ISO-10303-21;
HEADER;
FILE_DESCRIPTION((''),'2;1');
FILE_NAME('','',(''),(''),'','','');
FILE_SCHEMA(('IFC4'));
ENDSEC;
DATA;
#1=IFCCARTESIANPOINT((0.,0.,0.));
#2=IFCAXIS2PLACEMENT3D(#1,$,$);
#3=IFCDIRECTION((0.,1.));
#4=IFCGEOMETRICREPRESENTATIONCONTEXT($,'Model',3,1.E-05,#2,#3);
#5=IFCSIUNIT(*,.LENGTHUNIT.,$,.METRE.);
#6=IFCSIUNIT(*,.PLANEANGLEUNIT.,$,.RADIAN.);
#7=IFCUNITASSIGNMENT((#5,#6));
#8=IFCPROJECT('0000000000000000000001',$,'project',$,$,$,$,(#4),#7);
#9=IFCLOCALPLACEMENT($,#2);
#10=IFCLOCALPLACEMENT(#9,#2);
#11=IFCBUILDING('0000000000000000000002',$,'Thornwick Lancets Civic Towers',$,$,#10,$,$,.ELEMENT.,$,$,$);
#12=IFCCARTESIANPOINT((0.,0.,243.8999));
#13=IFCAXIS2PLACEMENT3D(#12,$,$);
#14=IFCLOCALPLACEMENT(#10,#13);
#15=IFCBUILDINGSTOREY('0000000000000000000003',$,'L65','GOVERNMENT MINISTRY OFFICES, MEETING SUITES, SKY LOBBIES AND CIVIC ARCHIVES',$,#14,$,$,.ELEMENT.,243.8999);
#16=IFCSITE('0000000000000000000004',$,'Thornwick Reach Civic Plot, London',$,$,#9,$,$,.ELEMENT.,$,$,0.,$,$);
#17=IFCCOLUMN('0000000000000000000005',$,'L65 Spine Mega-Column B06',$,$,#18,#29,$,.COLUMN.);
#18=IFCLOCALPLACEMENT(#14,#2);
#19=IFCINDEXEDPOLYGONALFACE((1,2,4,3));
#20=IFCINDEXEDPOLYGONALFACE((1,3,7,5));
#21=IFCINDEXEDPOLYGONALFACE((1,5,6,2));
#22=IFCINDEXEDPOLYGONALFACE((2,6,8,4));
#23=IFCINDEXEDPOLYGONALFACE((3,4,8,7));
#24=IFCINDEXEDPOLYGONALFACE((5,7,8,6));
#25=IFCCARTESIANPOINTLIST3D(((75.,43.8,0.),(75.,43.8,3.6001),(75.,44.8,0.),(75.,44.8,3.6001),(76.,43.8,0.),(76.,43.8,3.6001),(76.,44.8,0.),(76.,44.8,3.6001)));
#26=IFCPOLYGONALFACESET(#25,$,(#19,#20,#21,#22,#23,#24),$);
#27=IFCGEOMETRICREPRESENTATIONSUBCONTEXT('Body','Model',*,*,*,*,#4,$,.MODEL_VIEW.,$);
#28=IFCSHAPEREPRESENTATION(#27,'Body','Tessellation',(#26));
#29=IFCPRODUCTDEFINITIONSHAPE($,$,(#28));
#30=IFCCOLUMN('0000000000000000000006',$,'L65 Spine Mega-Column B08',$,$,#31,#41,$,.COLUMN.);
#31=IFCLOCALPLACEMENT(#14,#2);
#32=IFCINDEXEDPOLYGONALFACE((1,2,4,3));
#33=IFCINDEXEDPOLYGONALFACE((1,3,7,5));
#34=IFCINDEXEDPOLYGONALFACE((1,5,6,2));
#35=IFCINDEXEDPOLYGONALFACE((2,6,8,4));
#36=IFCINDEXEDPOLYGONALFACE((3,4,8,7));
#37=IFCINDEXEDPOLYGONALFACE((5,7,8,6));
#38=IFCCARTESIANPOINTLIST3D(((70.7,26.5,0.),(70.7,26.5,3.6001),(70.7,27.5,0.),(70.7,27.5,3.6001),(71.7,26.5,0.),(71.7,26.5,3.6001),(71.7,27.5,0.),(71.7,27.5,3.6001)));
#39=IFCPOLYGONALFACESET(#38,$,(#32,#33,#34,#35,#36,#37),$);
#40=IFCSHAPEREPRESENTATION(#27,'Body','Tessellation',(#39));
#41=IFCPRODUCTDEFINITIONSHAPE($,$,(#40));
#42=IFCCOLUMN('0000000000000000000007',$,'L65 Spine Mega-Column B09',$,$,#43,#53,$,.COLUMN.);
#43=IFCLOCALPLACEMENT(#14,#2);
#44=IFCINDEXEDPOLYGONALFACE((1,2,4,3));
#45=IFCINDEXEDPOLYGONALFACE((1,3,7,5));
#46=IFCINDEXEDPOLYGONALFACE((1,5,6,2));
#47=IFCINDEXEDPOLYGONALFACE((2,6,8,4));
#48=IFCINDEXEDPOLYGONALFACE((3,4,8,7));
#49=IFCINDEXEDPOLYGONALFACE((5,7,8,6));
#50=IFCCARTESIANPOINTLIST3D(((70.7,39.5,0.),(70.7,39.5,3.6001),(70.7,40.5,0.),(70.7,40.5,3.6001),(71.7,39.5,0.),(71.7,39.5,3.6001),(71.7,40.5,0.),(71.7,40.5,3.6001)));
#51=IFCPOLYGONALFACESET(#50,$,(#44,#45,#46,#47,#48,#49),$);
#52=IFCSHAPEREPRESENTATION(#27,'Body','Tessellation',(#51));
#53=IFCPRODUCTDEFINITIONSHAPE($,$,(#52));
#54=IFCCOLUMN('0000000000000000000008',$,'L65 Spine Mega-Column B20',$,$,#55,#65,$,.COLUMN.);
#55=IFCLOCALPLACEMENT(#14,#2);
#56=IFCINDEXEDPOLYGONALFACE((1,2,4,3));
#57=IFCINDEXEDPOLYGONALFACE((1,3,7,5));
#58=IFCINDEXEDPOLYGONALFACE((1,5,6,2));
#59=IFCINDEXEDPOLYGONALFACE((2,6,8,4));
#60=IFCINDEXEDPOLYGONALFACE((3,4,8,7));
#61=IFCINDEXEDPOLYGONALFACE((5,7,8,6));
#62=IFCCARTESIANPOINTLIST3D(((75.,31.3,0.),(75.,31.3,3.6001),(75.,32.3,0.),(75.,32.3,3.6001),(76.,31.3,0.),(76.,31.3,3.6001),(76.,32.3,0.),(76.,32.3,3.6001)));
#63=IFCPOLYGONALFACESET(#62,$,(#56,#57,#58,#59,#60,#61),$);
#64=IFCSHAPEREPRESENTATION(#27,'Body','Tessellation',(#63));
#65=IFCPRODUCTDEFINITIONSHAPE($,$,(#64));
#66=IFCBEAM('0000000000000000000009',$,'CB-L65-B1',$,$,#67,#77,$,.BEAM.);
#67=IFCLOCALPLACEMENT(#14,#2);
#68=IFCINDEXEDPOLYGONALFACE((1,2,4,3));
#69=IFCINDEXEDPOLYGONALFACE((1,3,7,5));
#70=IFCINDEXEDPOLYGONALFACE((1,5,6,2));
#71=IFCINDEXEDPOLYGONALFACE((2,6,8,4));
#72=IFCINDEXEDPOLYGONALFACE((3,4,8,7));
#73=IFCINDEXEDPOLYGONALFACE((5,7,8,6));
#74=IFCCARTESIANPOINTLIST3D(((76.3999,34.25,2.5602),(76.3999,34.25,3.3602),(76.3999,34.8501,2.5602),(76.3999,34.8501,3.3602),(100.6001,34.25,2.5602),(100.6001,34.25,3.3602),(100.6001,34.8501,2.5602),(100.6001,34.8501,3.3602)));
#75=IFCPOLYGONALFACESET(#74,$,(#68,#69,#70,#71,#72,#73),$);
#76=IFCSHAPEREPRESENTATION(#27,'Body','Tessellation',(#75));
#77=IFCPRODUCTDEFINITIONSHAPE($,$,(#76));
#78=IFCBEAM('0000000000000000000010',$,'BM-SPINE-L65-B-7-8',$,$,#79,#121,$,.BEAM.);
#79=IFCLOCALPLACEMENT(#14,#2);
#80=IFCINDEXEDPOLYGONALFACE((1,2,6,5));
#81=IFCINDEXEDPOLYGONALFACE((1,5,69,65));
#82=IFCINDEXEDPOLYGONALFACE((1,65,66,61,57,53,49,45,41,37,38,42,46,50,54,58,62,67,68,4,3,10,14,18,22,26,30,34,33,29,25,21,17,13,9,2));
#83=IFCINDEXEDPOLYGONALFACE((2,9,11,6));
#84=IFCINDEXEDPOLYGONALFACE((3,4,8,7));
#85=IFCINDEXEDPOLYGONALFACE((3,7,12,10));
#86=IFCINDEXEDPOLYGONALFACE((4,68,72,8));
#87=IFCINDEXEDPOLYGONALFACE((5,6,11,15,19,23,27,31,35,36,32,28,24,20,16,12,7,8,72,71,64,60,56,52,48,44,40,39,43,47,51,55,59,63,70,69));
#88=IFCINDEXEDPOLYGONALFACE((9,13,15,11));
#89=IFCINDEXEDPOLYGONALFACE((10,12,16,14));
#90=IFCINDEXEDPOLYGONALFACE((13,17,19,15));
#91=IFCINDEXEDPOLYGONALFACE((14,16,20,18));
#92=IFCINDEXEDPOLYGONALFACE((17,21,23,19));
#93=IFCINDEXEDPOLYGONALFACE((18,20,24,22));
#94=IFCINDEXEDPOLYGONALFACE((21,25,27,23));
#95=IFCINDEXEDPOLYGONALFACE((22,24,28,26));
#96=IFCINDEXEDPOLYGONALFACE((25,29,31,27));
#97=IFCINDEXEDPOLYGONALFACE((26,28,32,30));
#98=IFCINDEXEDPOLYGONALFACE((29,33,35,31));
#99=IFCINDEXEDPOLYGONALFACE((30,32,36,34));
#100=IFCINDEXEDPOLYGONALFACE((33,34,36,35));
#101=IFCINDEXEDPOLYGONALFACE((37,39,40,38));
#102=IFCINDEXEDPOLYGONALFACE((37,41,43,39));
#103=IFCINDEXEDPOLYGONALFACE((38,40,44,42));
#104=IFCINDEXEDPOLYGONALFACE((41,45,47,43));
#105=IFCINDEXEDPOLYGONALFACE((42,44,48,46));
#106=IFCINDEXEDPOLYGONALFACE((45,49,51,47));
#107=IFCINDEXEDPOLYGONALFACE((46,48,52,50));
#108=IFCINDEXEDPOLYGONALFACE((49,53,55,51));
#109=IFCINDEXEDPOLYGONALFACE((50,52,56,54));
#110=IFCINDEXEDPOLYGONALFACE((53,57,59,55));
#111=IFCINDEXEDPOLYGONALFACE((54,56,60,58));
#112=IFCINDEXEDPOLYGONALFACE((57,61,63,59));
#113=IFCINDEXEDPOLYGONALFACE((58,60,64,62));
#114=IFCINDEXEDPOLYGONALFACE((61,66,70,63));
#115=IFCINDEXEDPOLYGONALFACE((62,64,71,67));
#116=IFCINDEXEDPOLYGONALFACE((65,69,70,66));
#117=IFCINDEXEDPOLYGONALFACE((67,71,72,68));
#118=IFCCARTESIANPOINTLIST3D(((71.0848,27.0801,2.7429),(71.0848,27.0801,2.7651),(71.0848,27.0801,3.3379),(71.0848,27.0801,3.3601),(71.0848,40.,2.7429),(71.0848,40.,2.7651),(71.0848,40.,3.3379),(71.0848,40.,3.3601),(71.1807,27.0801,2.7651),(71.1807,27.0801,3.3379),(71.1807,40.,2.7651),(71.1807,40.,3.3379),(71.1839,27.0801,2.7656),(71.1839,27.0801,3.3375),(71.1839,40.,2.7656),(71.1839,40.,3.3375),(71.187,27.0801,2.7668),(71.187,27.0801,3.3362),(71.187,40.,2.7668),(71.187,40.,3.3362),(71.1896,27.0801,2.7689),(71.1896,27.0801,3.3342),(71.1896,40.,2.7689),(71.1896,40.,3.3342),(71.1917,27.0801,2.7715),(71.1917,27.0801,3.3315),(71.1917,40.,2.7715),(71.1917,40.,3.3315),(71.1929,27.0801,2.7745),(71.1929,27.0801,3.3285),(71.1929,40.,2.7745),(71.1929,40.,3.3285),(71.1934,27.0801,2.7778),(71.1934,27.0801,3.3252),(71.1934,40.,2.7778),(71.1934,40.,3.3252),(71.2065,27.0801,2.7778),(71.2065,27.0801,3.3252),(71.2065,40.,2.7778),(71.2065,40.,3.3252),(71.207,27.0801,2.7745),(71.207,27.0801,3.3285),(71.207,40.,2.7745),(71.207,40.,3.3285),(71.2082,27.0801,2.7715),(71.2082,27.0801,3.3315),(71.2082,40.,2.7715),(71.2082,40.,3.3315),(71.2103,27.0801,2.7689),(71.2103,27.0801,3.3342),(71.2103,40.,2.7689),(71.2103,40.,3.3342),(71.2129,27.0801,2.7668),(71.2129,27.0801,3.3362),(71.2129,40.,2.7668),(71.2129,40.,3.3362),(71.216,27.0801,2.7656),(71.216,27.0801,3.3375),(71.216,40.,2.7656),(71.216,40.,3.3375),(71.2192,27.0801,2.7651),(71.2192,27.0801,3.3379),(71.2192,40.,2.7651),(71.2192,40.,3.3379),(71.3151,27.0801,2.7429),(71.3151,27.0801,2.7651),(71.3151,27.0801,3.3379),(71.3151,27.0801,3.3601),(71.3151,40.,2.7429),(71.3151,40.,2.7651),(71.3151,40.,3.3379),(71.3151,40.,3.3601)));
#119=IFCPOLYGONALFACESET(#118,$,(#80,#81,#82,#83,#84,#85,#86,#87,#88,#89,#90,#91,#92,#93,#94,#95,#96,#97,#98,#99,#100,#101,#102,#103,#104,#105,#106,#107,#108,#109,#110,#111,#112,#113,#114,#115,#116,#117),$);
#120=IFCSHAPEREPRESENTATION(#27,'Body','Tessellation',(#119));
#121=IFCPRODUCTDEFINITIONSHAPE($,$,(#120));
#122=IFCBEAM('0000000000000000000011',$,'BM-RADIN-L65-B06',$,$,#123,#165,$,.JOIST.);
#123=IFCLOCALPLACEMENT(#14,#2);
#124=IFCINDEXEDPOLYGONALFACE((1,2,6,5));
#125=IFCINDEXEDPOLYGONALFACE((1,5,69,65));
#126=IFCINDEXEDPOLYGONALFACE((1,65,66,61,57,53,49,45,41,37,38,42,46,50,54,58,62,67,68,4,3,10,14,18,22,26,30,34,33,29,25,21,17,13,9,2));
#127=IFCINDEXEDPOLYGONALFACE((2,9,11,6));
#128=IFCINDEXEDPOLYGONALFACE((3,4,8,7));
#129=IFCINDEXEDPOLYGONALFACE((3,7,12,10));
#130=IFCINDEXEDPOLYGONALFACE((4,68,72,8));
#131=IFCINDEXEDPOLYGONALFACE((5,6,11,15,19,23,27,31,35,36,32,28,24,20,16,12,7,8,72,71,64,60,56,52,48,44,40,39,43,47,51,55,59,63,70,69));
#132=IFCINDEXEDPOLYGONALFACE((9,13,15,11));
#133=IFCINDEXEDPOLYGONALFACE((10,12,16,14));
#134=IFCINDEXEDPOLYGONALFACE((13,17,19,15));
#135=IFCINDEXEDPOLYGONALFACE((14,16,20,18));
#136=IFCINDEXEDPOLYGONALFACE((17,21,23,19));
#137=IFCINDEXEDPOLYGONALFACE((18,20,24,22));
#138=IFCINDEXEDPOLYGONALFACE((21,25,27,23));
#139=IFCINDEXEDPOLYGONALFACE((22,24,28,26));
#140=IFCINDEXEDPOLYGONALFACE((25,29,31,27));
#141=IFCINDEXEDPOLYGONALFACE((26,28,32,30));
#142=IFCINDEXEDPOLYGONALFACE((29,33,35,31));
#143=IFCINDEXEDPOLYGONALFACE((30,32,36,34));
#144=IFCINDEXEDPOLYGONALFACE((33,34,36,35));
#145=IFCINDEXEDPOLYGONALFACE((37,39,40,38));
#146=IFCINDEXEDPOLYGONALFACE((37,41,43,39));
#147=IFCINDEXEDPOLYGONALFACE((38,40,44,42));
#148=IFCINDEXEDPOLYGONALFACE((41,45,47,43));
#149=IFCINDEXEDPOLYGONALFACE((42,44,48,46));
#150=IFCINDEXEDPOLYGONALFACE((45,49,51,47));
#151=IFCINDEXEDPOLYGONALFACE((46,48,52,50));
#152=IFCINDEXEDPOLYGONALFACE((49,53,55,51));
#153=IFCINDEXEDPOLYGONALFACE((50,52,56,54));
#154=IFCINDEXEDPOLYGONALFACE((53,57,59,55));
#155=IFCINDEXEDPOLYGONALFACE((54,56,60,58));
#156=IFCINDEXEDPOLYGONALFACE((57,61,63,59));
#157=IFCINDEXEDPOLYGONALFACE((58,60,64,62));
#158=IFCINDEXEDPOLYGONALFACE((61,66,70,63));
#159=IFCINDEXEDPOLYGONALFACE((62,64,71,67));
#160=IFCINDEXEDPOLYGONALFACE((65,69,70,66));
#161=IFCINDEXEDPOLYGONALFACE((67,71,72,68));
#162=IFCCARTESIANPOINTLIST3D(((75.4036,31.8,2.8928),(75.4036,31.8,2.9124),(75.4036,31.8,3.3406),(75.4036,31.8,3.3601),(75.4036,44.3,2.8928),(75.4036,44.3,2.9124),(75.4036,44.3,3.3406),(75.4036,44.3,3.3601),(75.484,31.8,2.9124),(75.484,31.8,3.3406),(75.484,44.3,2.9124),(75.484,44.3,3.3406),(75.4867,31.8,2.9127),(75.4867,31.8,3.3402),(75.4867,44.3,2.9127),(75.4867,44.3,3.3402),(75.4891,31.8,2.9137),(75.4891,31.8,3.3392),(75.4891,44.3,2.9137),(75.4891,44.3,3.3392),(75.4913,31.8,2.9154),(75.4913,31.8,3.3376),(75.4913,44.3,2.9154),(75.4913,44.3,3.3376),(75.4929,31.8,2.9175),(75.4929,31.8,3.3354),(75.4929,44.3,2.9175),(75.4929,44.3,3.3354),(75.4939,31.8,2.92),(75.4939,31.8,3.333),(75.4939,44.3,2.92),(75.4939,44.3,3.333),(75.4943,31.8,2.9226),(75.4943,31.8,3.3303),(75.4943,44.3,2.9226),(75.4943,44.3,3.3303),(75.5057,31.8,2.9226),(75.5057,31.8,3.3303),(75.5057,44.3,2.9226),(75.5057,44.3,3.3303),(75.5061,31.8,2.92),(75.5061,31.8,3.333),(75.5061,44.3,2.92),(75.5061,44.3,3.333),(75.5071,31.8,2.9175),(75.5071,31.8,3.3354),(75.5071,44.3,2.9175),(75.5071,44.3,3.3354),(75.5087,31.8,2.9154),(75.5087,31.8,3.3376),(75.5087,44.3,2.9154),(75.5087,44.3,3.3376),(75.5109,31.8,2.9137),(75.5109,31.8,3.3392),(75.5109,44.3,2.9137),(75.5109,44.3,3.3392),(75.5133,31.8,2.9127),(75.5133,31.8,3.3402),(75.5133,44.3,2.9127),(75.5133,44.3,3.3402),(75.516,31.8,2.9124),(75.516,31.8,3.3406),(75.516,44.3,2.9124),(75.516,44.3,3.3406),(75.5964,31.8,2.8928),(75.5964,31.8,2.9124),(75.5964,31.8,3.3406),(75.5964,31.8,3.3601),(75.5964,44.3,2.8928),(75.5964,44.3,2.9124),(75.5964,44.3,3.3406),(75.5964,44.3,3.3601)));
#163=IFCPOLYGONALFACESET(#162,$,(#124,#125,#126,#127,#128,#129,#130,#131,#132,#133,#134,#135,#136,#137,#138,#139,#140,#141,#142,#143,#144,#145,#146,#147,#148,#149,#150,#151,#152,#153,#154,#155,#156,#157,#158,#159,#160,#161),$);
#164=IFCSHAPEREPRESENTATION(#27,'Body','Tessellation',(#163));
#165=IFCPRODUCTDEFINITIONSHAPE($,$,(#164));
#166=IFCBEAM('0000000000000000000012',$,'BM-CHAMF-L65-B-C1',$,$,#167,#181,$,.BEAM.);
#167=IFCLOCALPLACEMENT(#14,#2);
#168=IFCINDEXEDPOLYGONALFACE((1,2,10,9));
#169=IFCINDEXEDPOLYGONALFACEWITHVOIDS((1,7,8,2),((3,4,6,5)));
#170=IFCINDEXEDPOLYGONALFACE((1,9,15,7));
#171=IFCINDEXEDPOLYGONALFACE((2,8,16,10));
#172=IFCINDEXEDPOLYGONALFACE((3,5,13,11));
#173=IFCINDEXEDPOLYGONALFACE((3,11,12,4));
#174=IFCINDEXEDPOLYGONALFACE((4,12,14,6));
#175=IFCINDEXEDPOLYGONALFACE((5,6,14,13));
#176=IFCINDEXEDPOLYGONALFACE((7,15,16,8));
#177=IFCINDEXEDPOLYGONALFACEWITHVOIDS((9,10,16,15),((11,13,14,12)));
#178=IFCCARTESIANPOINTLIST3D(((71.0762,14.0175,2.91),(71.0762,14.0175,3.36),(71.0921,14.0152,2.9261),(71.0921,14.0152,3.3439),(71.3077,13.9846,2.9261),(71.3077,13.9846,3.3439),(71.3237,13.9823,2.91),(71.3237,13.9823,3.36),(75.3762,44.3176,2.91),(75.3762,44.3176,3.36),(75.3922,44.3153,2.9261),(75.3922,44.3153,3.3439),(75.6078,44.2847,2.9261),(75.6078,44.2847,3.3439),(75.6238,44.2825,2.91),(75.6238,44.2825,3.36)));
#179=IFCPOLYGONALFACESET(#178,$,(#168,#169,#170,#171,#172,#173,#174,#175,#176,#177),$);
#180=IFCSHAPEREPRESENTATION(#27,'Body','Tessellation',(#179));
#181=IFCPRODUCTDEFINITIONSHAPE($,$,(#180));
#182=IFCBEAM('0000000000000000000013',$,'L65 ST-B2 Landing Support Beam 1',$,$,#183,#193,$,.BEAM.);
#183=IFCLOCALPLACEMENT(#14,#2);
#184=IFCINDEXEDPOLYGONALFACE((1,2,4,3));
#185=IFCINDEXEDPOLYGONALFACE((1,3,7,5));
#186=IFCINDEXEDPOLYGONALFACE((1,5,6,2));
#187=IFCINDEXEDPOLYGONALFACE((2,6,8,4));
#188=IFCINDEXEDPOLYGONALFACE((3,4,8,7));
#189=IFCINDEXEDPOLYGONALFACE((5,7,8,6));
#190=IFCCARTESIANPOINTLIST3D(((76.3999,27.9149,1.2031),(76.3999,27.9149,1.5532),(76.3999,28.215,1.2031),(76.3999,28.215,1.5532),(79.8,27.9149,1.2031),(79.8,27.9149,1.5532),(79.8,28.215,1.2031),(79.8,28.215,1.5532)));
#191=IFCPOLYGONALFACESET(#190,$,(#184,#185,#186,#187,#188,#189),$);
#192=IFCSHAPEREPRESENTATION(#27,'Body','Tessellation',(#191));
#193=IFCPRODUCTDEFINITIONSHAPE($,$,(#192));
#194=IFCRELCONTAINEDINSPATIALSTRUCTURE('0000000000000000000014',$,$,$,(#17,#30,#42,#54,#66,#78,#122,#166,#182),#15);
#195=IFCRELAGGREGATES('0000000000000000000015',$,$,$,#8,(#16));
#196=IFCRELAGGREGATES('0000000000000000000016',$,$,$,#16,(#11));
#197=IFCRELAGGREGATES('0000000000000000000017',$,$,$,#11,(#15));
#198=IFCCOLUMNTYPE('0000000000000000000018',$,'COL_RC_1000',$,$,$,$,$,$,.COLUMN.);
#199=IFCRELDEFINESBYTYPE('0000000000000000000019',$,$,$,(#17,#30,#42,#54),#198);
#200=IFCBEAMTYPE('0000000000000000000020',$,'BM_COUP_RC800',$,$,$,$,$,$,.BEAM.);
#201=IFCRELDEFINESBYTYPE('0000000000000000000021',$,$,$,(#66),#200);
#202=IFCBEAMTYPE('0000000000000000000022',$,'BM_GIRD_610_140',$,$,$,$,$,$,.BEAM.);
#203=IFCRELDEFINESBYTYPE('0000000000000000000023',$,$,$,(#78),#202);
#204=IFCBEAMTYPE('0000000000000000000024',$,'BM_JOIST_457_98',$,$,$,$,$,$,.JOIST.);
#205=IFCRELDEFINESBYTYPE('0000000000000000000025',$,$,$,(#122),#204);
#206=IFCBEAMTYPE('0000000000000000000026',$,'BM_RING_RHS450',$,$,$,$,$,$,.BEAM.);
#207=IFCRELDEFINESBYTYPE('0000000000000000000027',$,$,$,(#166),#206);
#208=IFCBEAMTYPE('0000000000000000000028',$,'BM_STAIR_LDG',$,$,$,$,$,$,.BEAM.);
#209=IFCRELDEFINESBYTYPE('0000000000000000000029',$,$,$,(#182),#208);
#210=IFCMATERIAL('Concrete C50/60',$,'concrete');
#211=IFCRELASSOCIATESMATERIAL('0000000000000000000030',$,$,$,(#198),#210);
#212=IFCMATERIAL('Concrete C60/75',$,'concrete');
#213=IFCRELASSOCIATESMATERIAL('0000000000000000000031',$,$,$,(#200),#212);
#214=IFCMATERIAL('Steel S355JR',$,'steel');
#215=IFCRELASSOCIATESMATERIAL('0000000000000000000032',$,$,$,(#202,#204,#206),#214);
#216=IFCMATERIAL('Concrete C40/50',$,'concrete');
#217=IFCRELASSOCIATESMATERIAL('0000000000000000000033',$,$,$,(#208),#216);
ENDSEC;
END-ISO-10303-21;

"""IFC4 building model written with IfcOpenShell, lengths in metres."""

from ifc_helpers import new_model, si_unit, direction, frame, origin, origin_2d, place, context, subcontext, project, spatial, rectangle, hollow_rectangle, i_section, extrude, material, material_profile, profile_set, type_object, element, save


model = new_model("IFC4")

# Units and contexts
model_context = context("Model", 3, precision=1e-05, world=origin(), true_north=direction((0.0, 1.0)))
body_context = subcontext(model_context, "Body", "Model", "MODEL_VIEW")
ifc_project = project(units=[si_unit("LENGTHUNIT", "METRE"), si_unit("PLANEANGLEUNIT", "RADIAN")], contexts=[model_context])

# Site, building, storey
site_placement = place(None, origin())
site = spatial("IfcSite", under=ifc_project, at=site_placement, Name="Thornwick Reach Civic Plot, London", CompositionType="ELEMENT", RefElevation=0.0)
building_placement = place(site_placement, origin())
building = spatial("IfcBuilding", under=site, at=building_placement, Name="Thornwick Lancets Civic Towers", CompositionType="ELEMENT")
storey_placement = place(building_placement, frame((0.0, 0.0, 243.8999)))
storey = spatial("IfcBuildingStorey", under=building, at=storey_placement, Name="L65", Description="GOVERNMENT MINISTRY OFFICES, MEETING SUITES, SKY LOBBIES AND CIVIC ARCHIVES", CompositionType="ELEMENT", Elevation=243.8999)

# Columns
ifc_material_1 = material(Name="Concrete C50/60", Category="concrete")
ifc_material_profile_1 = material_profile(ifc_material_1, rectangle(XDim=1.0, YDim=1.0, at=origin_2d()), Name="RC 1000x1000")
ifc_profile_set_1 = profile_set([ifc_material_profile_1], Name="Concrete C50/60")
column_type = type_object("IfcColumnType", Name="COL_RC_1000", PredefinedType="COLUMN", material=ifc_profile_set_1)
for number, where, z_axis, x_axis, name in (
    (1, (75.5, 44.3, 0.0), (0.0, 0.0, 1.0), (1.0, 0.0, 0.0), "L65 Spine Mega-Column B06"),
    (2, (71.2, 27.0, 0.0), (0.0, 0.0, 1.0), (1.0, 0.0, 0.0), "L65 Spine Mega-Column B08"),
    (3, (71.2, 40.0, 0.0), (0.0, 0.0, 1.0), (1.0, 0.0, 0.0), "L65 Spine Mega-Column B09"),
    (4, (75.5, 31.8, 0.0), (0.0, 0.0, 1.0), (1.0, 0.0, 0.0), "L65 Spine Mega-Column B20"),
):
    element("IfcColumn", number, at=place(storey_placement, frame(where, z_axis=z_axis, x_axis=x_axis)), inside=storey, type_object=column_type, Name=name, PredefinedType="COLUMN", context=body_context, shape_type="SweptSolid", body=[
        extrude(rectangle(XDim=1.0, YDim=1.0, at=origin_2d()), origin(), (0.0, 0.0, 1.0), 3.6001),
    ])

# Beams
ifc_material_2 = material(Name="Concrete C60/75", Category="concrete")
ifc_material_profile_2 = material_profile(ifc_material_2, rectangle(XDim=0.6001, YDim=0.8, at=origin_2d()), Name="RC 600x800")
ifc_profile_set_2 = profile_set([ifc_material_profile_2], Name="Concrete C60/75")
beam_type_1 = type_object("IfcBeamType", Name="BM_COUP_RC800", PredefinedType="BEAM", material=ifc_profile_set_2)
beam_1_placement = place(storey_placement, frame((76.3999, 34.55, 2.9602), z_axis=(1.0, 0.0, 0.0), x_axis=(0.0, 1.0, 0.0)))
element("IfcBeam", 5, at=beam_1_placement, inside=storey, type_object=beam_type_1, Name="CB-L65-B1", PredefinedType="BEAM", context=body_context, shape_type="SweptSolid", body=[
    extrude(rectangle(XDim=0.6001, YDim=0.8, at=origin_2d()), origin(), (0.0, 0.0, 1.0), 24.2002),
])
ifc_material_3 = material(Name="Steel S355JR", Category="steel")
ifc_material_profile_3 = material_profile(ifc_material_3, i_section(OverallWidth=0.2302, OverallDepth=0.6172, WebThickness=0.0132, FlangeThickness=0.0222, FilletRadius=0.0127, at=origin_2d()), Name="UKB 610x229x140")
ifc_profile_set_3 = profile_set([ifc_material_profile_3], Name="Steel S355JR")
beam_type_2 = type_object("IfcBeamType", Name="BM_GIRD_610_140", PredefinedType="BEAM", material=ifc_profile_set_3)
beam_2_placement = place(storey_placement, frame((71.2, 27.0801, 3.0515), z_axis=(0.0, 1.0, 0.0), x_axis=(-1.0, 0.0, 0.0)))
element("IfcBeam", 6, at=beam_2_placement, inside=storey, type_object=beam_type_2, Name="BM-SPINE-L65-B-7-8", PredefinedType="BEAM", context=body_context, shape_type="SweptSolid", body=[
    extrude(i_section(OverallWidth=0.2302, OverallDepth=0.6172, WebThickness=0.0132, FlangeThickness=0.0222, FilletRadius=0.0127, at=origin_2d()), origin(), (0.0, 0.0, 1.0), 12.9199),
])
ifc_material_profile_4 = material_profile(ifc_material_3, i_section(OverallWidth=0.1929, OverallDepth=0.4673, WebThickness=0.0115, FlangeThickness=0.0195, FilletRadius=0.0103, at=origin_2d()), Name="UKB 457x191x98")
ifc_profile_set_4 = profile_set([ifc_material_profile_4], Name="Steel S355JR")
beam_type_3 = type_object("IfcBeamType", Name="BM_JOIST_457_98", PredefinedType="JOIST", material=ifc_profile_set_4)
beam_3_placement = place(storey_placement, frame((75.5, 31.8, 3.1265), z_axis=(0.0, 1.0, 0.0), x_axis=(-1.0, 0.0, 0.0)))
element("IfcBeam", 7, at=beam_3_placement, inside=storey, type_object=beam_type_3, Name="BM-RADIN-L65-B06", PredefinedType="JOIST", context=body_context, shape_type="SweptSolid", body=[
    extrude(i_section(OverallWidth=0.1929, OverallDepth=0.4673, WebThickness=0.0115, FlangeThickness=0.0195, FilletRadius=0.0103, at=origin_2d()), origin(), (0.0, 0.0, 1.0), 12.5),
])
ifc_material_profile_5 = material_profile(ifc_material_3, hollow_rectangle(XDim=0.25, YDim=0.45, WallThickness=0.0161, at=origin_2d()), Name="RHS 450x250x16")
ifc_profile_set_5 = profile_set([ifc_material_profile_5], Name="Steel S355JR")
beam_type_4 = type_object("IfcBeamType", Name="BM_RING_RHS450", PredefinedType="BEAM", material=ifc_profile_set_5)
beam_4_placement = place(storey_placement, frame((75.5, 44.3, 3.135), z_axis=(-0.140508, -0.99008, 0.0), x_axis=(0.99008, -0.140508, 0.0)))
element("IfcBeam", 8, at=beam_4_placement, inside=storey, type_object=beam_type_4, Name="BM-CHAMF-L65-B-C1", PredefinedType="BEAM", context=body_context, shape_type="SweptSolid", body=[
    extrude(hollow_rectangle(XDim=0.25, YDim=0.45, WallThickness=0.0161, at=origin_2d()), origin(), (0.0, 0.0, 1.0), 30.6038),
])
ifc_material_4 = material(Name="Concrete C40/50", Category="concrete")
ifc_material_profile_6 = material_profile(ifc_material_4, rectangle(XDim=0.3, YDim=0.3501, at=origin_2d()), Name="RC 300x350")
ifc_profile_set_6 = profile_set([ifc_material_profile_6], Name="Concrete C40/50")
beam_type_5 = type_object("IfcBeamType", Name="BM_STAIR_LDG", PredefinedType="BEAM", material=ifc_profile_set_6)
beam_5_placement = place(storey_placement, frame((76.3999, 28.0649, 1.3782), z_axis=(1.0, 0.0, 0.0), x_axis=(0.0, 1.0, 0.0)))
element("IfcBeam", 9, at=beam_5_placement, inside=storey, type_object=beam_type_5, Name="L65 ST-B2 Landing Support Beam 1", PredefinedType="BEAM", context=body_context, shape_type="SweptSolid", body=[
    extrude(rectangle(XDim=0.3, YDim=0.3501, at=origin_2d()), origin(), (0.0, 0.0, 1.0), 3.4001),
])

save(model, "model.ifc")
